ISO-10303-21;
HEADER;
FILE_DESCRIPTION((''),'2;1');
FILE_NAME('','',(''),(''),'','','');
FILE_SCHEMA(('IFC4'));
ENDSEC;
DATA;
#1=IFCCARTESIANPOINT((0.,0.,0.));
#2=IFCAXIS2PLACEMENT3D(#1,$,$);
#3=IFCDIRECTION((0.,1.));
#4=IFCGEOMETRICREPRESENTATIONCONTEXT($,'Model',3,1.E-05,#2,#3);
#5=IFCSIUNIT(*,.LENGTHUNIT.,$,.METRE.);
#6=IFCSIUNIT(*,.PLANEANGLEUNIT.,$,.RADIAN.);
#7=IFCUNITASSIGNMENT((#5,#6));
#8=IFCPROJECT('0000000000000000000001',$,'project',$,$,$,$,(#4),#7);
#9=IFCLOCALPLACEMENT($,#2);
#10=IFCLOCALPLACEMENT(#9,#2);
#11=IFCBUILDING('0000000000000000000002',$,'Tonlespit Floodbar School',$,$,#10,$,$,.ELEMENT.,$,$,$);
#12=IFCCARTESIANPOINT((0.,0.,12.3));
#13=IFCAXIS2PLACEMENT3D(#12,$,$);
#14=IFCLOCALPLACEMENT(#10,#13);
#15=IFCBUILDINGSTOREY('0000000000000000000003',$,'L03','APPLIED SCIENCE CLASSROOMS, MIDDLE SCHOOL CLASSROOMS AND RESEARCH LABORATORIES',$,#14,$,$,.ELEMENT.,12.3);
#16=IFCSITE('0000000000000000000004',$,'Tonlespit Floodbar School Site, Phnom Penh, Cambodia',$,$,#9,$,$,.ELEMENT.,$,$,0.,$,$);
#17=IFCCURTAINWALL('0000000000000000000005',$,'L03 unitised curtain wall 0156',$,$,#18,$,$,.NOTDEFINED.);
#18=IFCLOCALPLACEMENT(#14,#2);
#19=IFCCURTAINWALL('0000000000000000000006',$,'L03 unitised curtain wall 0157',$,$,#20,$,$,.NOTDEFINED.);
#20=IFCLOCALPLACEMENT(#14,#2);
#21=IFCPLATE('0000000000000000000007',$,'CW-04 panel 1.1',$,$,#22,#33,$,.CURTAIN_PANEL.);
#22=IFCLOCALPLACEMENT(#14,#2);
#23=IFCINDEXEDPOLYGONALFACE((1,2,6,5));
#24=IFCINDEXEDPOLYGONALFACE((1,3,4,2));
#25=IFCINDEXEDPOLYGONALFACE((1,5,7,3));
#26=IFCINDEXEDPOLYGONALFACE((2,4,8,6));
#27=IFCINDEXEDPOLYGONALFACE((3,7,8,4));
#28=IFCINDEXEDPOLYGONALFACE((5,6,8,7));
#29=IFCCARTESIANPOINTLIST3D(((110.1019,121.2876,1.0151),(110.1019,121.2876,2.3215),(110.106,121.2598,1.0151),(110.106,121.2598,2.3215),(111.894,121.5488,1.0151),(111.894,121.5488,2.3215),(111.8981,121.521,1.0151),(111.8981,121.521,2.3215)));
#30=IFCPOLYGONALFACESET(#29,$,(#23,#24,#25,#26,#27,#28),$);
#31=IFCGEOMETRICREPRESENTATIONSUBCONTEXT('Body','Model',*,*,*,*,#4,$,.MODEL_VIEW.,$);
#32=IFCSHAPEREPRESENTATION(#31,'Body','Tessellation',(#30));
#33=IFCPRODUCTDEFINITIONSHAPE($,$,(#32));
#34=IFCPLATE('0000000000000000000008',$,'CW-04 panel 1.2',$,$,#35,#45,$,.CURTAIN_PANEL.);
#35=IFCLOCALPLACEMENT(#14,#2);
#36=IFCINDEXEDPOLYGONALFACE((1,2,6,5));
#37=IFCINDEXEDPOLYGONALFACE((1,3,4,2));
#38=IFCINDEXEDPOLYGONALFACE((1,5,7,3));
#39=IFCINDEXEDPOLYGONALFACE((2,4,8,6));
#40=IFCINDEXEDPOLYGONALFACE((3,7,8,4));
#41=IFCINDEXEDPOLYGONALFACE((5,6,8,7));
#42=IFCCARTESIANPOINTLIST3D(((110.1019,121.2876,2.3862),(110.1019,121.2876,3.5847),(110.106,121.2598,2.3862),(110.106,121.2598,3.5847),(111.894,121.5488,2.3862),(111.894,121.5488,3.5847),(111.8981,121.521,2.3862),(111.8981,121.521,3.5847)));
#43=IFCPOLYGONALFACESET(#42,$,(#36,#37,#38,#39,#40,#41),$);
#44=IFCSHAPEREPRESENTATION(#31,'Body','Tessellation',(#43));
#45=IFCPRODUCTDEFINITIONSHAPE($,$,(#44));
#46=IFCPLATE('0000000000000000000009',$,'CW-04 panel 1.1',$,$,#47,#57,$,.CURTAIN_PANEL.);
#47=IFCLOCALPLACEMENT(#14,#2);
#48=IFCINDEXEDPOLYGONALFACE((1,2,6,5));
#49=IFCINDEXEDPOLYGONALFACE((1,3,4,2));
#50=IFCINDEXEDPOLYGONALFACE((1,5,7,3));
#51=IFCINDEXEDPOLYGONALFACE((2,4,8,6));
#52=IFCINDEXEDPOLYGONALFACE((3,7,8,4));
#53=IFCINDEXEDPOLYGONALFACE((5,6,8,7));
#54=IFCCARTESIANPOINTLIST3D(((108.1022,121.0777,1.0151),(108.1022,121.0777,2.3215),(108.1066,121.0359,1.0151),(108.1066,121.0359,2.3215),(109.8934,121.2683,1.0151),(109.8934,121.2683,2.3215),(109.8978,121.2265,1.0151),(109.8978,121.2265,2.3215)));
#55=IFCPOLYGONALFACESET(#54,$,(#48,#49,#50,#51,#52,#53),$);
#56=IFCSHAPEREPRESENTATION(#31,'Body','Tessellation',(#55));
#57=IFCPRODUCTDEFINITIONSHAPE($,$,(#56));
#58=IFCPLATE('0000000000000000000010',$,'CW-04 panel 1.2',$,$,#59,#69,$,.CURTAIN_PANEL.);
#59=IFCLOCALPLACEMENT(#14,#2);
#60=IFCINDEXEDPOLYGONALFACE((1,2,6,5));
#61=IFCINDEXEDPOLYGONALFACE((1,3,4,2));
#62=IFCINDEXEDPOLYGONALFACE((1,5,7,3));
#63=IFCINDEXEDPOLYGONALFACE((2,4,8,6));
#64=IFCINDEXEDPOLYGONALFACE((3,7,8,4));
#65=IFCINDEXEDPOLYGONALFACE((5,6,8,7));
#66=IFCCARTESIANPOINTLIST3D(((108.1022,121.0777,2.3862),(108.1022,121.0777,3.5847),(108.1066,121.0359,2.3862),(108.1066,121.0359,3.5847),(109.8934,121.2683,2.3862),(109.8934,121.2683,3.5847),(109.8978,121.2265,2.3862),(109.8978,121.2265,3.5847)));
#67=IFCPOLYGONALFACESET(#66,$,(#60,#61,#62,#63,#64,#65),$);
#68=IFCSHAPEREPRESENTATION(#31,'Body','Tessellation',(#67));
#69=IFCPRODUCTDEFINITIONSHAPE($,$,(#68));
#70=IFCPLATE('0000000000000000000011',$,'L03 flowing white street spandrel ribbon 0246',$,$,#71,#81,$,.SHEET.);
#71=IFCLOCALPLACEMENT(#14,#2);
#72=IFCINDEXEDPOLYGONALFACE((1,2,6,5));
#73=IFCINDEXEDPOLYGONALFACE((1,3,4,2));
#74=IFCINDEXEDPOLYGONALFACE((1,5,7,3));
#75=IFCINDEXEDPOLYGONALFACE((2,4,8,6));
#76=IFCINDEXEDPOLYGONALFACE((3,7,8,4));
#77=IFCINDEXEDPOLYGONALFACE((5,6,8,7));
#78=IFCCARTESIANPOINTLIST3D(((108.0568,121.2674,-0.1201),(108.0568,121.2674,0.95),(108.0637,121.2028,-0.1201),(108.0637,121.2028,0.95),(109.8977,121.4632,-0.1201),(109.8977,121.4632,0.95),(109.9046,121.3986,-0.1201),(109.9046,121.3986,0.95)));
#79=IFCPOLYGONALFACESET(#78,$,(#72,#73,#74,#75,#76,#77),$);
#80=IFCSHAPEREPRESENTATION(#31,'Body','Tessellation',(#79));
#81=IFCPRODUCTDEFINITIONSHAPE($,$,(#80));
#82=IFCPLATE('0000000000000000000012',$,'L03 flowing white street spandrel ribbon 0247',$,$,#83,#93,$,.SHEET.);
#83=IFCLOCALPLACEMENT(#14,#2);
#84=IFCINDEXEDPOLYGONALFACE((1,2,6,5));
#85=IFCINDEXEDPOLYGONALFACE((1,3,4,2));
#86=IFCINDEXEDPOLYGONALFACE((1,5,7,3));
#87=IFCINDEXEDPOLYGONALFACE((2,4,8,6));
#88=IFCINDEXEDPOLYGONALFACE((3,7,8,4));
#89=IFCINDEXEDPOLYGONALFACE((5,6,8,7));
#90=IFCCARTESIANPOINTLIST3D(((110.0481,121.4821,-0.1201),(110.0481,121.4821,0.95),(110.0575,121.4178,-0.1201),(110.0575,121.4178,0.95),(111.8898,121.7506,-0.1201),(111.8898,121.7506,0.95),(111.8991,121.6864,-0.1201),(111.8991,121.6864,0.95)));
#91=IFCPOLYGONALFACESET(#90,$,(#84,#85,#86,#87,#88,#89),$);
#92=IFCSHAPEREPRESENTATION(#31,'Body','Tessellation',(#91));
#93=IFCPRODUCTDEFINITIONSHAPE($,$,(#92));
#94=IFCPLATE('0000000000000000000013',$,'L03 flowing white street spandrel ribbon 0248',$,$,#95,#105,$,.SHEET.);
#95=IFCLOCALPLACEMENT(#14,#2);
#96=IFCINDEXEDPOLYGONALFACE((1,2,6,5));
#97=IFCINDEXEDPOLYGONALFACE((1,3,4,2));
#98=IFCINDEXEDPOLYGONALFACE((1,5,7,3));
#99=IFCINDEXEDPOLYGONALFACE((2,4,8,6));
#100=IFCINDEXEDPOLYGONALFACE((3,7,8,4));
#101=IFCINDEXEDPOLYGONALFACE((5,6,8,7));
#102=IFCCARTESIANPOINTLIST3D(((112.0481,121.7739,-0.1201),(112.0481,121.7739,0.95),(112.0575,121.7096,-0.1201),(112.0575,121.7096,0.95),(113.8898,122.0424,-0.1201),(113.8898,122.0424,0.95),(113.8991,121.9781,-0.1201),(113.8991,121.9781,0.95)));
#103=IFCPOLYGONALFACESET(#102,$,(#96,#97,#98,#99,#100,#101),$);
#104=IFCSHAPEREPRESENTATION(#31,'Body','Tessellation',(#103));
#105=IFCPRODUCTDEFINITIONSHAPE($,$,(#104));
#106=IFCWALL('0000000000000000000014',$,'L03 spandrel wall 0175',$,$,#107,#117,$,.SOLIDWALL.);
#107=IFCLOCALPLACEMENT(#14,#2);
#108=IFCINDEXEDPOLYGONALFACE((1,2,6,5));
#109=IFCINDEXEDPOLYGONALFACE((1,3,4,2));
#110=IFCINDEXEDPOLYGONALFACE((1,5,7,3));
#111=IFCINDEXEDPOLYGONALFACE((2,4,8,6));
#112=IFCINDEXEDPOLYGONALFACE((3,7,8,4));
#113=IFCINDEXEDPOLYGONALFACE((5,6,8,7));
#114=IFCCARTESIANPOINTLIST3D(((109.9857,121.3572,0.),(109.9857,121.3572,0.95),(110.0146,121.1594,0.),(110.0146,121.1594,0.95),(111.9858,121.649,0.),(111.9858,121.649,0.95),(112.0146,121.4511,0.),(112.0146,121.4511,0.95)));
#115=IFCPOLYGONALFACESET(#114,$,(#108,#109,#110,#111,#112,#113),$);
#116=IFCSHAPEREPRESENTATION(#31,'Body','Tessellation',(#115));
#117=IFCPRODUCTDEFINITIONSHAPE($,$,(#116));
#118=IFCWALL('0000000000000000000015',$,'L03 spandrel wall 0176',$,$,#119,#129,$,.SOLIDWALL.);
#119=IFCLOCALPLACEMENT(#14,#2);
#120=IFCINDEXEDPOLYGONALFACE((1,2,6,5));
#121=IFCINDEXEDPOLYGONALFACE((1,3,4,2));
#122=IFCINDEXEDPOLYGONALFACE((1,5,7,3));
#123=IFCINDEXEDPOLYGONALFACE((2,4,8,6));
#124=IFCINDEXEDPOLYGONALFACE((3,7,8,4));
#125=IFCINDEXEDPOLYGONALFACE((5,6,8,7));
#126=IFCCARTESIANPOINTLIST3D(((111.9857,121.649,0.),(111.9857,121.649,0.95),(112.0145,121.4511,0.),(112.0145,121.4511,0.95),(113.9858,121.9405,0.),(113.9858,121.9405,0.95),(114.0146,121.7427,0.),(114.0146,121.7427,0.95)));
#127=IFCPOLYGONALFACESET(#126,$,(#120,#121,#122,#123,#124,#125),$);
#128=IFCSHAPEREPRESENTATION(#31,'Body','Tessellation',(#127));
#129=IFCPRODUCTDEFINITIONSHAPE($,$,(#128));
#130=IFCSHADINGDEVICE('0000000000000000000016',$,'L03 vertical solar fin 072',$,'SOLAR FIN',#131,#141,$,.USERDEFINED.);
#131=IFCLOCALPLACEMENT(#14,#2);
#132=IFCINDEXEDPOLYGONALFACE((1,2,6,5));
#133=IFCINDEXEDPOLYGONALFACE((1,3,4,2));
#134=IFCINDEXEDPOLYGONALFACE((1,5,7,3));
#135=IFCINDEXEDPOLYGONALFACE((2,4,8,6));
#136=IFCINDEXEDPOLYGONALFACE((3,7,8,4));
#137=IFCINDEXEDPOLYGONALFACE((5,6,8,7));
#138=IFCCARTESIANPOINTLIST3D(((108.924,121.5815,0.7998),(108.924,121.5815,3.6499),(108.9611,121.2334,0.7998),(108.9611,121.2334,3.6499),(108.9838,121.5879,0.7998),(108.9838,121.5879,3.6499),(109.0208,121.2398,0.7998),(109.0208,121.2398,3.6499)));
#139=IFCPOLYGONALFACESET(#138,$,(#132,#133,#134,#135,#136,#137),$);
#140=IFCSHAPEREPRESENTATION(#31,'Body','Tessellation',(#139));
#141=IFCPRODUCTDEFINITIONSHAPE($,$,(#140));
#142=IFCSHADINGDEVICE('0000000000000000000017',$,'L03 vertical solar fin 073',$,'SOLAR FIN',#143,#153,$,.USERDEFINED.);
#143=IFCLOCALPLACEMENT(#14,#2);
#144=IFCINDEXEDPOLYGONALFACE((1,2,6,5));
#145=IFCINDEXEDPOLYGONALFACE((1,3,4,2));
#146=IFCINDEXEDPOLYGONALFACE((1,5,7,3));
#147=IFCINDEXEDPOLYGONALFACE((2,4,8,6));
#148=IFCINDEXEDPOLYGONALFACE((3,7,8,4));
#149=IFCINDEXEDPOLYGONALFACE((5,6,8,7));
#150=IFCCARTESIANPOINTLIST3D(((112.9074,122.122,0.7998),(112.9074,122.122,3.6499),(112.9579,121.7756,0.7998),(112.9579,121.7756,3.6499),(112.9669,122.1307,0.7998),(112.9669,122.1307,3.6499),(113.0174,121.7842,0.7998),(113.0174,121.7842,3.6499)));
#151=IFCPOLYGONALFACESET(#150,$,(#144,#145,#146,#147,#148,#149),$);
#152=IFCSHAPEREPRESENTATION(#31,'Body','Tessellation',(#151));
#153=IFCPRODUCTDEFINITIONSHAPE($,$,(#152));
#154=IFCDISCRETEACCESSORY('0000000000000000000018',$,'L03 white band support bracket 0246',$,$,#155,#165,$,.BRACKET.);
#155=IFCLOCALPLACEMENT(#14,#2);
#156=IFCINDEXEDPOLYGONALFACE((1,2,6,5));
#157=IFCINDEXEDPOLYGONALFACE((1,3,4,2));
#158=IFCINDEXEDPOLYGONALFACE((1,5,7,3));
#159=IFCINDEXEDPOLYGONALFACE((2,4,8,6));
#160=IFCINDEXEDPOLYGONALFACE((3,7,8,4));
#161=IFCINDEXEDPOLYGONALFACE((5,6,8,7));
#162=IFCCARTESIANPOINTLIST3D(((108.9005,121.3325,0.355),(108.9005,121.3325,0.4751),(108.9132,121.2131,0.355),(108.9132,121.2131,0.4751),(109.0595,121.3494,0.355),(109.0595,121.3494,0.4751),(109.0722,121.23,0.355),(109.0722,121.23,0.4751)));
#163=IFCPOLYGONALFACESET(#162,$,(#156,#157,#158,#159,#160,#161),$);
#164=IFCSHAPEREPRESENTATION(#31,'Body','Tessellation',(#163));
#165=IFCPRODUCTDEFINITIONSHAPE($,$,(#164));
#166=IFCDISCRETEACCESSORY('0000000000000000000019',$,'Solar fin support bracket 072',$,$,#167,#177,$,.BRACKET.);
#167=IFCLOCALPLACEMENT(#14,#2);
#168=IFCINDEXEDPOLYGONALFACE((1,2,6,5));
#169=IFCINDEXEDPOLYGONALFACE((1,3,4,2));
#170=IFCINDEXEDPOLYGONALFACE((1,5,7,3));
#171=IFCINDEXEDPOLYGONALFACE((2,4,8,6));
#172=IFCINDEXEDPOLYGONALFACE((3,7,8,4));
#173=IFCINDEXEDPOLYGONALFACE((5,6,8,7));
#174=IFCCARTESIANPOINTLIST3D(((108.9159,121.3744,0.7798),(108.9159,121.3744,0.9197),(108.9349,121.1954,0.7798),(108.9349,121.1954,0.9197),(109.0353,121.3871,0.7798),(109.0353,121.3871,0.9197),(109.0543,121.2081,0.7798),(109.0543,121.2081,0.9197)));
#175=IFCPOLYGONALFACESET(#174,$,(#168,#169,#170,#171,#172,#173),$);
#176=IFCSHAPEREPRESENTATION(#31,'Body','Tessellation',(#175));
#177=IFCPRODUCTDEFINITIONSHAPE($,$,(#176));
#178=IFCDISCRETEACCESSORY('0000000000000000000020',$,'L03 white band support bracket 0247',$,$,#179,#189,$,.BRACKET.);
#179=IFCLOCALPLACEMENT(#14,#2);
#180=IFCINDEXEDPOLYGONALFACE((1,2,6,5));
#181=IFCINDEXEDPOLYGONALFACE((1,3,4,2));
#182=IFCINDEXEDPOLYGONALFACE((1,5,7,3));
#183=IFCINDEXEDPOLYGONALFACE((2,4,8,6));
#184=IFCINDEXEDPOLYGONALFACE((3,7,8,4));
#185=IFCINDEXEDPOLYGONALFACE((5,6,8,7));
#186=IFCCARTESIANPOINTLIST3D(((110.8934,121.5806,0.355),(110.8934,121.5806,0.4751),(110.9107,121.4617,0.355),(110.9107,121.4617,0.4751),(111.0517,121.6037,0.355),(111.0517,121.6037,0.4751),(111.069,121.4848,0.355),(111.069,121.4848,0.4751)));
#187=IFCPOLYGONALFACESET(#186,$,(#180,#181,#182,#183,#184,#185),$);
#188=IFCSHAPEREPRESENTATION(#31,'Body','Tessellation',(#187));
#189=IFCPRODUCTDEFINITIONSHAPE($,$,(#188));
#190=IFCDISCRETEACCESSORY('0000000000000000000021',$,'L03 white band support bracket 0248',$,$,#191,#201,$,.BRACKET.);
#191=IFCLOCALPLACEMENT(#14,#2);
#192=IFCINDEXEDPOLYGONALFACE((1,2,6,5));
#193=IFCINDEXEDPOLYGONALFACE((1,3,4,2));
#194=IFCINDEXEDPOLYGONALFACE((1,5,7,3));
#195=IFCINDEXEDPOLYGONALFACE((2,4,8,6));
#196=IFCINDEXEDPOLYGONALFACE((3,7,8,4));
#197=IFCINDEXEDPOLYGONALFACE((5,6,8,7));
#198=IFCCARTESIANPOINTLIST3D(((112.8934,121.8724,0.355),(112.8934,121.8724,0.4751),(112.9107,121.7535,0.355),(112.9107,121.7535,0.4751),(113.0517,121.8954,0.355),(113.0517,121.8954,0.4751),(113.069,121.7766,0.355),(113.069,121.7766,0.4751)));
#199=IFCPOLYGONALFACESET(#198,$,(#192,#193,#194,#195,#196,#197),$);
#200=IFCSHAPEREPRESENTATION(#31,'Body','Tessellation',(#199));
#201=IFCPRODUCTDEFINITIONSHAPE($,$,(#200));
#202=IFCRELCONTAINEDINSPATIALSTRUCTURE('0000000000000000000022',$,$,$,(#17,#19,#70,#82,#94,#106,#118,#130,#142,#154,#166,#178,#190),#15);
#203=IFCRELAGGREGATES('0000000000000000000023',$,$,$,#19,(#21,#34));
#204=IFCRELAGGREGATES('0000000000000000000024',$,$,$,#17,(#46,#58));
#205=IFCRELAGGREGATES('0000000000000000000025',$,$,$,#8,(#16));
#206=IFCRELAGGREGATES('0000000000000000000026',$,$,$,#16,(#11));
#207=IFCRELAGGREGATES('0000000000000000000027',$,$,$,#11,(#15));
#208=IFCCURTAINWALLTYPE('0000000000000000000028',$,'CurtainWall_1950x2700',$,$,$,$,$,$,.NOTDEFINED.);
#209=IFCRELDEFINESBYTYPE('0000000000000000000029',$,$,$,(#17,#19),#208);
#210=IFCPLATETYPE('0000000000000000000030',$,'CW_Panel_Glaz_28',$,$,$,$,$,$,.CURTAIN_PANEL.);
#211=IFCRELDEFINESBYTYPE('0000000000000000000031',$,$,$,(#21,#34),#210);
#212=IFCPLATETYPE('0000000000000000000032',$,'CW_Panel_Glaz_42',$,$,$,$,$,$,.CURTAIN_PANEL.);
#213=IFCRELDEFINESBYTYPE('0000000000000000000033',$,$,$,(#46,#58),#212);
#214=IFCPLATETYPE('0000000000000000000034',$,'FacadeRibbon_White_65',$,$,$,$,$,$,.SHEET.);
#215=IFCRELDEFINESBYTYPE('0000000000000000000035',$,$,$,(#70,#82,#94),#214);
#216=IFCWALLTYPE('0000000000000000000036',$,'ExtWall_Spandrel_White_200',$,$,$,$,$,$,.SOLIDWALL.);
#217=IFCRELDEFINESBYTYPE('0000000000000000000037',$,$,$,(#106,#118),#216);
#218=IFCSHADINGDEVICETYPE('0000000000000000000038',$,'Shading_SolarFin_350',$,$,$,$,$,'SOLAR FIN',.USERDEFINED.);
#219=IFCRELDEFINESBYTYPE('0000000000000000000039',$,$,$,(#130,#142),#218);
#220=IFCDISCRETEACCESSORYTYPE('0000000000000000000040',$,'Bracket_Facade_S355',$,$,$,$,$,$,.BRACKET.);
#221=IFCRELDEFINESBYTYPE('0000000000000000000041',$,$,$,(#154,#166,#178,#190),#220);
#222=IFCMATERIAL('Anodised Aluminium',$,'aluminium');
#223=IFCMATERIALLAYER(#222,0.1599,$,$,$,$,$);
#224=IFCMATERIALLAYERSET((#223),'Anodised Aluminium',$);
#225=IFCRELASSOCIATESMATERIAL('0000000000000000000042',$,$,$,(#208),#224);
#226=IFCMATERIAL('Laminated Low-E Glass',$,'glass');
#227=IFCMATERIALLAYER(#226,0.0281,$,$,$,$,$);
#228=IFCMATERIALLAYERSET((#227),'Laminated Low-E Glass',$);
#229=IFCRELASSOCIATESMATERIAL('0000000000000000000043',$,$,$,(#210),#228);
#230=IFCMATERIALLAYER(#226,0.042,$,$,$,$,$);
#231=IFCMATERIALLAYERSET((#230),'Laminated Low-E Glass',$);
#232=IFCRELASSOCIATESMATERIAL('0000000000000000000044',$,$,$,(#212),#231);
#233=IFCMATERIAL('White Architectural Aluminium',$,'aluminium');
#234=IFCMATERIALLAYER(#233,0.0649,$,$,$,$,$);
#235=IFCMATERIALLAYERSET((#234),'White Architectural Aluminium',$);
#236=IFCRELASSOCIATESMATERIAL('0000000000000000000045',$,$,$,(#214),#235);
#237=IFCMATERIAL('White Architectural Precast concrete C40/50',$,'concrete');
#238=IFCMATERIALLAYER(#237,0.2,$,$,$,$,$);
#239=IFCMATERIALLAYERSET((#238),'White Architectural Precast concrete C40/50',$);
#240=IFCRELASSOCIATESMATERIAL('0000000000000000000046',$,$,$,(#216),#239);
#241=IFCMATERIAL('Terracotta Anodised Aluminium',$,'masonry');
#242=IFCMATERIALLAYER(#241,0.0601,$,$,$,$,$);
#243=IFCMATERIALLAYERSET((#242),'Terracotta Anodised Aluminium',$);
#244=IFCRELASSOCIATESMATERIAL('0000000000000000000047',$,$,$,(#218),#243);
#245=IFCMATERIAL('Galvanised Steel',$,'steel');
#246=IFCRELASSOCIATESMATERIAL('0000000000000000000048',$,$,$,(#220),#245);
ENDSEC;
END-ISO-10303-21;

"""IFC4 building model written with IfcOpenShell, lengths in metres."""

from ifc_helpers import new_model, si_unit, direction, frame, frame_2d, origin, origin_2d, place, context, subcontext, project, spatial, rectangle, extrude, material, layer, layer_set, type_object, element, aggregate, save


model = new_model("IFC4")

# Units and contexts
model_context = context("Model", 3, precision=1e-05, world=origin(), true_north=direction((0.0, 1.0)))
body_context = subcontext(model_context, "Body", "Model", "MODEL_VIEW")
ifc_project = project(units=[si_unit("LENGTHUNIT", "METRE"), si_unit("PLANEANGLEUNIT", "RADIAN")], contexts=[model_context])

# Site, building, storey
site_placement = place(None, origin())
site = spatial("IfcSite", under=ifc_project, at=site_placement, Name="Tonlespit Floodbar School Site, Phnom Penh, Cambodia", CompositionType="ELEMENT", RefElevation=0.0)
building_placement = place(site_placement, origin())
building = spatial("IfcBuilding", under=site, at=building_placement, Name="Tonlespit Floodbar School", CompositionType="ELEMENT")
storey_placement = place(building_placement, frame((0.0, 0.0, 12.3)))
storey = spatial("IfcBuildingStorey", under=building, at=storey_placement, Name="L03", Description="APPLIED SCIENCE CLASSROOMS, MIDDLE SCHOOL CLASSROOMS AND RESEARCH LABORATORIES", CompositionType="ELEMENT", Elevation=12.3)

# Curtain wall
ifc_material_1 = material(Name="Anodised Aluminium", Category="aluminium")
ifc_layer_1 = layer(ifc_material_1, 0.1599)
ifc_layer_set_1 = layer_set([ifc_layer_1], Name="Anodised Aluminium")
curtain_wall_type = type_object("IfcCurtainWallType", Name="CurtainWall_1950x2700", PredefinedType="NOTDEFINED", material=ifc_layer_set_1)
curtain_wall_1_placement = place(storey_placement, origin())
curtain_wall_1 = element("IfcCurtainWall", 1, at=curtain_wall_1_placement, inside=storey, type_object=curtain_wall_type, Name="L03 unitised curtain wall 0156", PredefinedType="NOTDEFINED")

# Curtain wall
curtain_wall_2_placement = place(storey_placement, origin())
curtain_wall_2 = element("IfcCurtainWall", 2, at=curtain_wall_2_placement, inside=storey, type_object=curtain_wall_type, Name="L03 unitised curtain wall 0157", PredefinedType="NOTDEFINED")

# Plates
ifc_material_2 = material(Name="Laminated Low-E Glass", Category="glass")
ifc_layer_2 = layer(ifc_material_2, 0.0281)
ifc_layer_set_2 = layer_set([ifc_layer_2], Name="Laminated Low-E Glass")
plate_type_1 = type_object("IfcPlateType", Name="CW_Panel_Glaz_28", PredefinedType="CURTAIN_PANEL", material=ifc_layer_set_2)
plate_1_placement = place(storey_placement, frame((111.0, 121.4043, 1.0151), z_axis=(0.0, 0.0, 1.0), x_axis=(0.989542, 0.144248, 0.0)))
plate_1 = element("IfcPlate", 3, at=plate_1_placement, type_object=plate_type_1, Name="CW-04 panel 1.1", PredefinedType="CURTAIN_PANEL", context=body_context, shape_type="SweptSolid", body=[
    extrude(rectangle(XDim=1.811, YDim=0.0281, at=origin_2d()), origin(), (0.0, 0.0, 1.0), 1.3064),
])
plate_2_placement = place(storey_placement, frame((111.0, 121.4043, 2.3862), z_axis=(0.0, 0.0, 1.0), x_axis=(0.989542, 0.144248, 0.0)))
plate_2 = element("IfcPlate", 4, at=plate_2_placement, type_object=plate_type_1, Name="CW-04 panel 1.2", PredefinedType="CURTAIN_PANEL", context=body_context, shape_type="SweptSolid", body=[
    extrude(rectangle(XDim=1.811, YDim=0.0281, at=origin_2d()), origin(), (0.0, 0.0, 1.0), 1.1985),
])
aggregate(curtain_wall_2, [plate_1, plate_2])
ifc_layer_3 = layer(ifc_material_2, 0.042)
ifc_layer_set_3 = layer_set([ifc_layer_3], Name="Laminated Low-E Glass")
plate_type_2 = type_object("IfcPlateType", Name="CW_Panel_Glaz_42", PredefinedType="CURTAIN_PANEL", material=ifc_layer_set_3)
plate_3_placement = place(storey_placement, frame((109.0, 121.1521, 1.0151), z_axis=(0.0, 0.0, 1.0), x_axis=(0.994389, 0.105787, 0.0)))
plate_3 = element("IfcPlate", 5, at=plate_3_placement, type_object=plate_type_2, Name="CW-04 panel 1.1", PredefinedType="CURTAIN_PANEL", context=body_context, shape_type="SweptSolid", body=[
    extrude(rectangle(XDim=1.8013, YDim=0.042, at=origin_2d()), origin(), (0.0, 0.0, 1.0), 1.3064),
])
plate_4_placement = place(storey_placement, frame((109.0, 121.1521, 2.3862), z_axis=(0.0, 0.0, 1.0), x_axis=(0.994389, 0.105787, 0.0)))
plate_4 = element("IfcPlate", 6, at=plate_4_placement, type_object=plate_type_2, Name="CW-04 panel 1.2", PredefinedType="CURTAIN_PANEL", context=body_context, shape_type="SweptSolid", body=[
    extrude(rectangle(XDim=1.8013, YDim=0.042, at=origin_2d()), origin(), (0.0, 0.0, 1.0), 1.1985),
])
aggregate(curtain_wall_1, [plate_3, plate_4])

# Plates
ifc_material_3 = material(Name="White Architectural Aluminium", Category="aluminium")
ifc_layer_4 = layer(ifc_material_3, 0.0649)
ifc_layer_set_4 = layer_set([ifc_layer_4], Name="White Architectural Aluminium")
plate_type_3 = type_object("IfcPlateType", Name="FacadeRibbon_White_65", PredefinedType="SHEET", material=ifc_layer_set_4)
plate_5_placement = place(storey_placement, frame((108.9807, 121.333, -0.1201), z_axis=(0.0, 0.0, 1.0), x_axis=(0.994392, 0.105754, 0.0)))
element("IfcPlate", 7, at=plate_5_placement, inside=storey, type_object=plate_type_3, Name="L03 flowing white street spandrel ribbon 0246", PredefinedType="SHEET", context=body_context, shape_type="SweptSolid", body=[
    extrude(rectangle(XDim=1.8513, YDim=0.0649, at=origin_2d()), origin(), (0.0, 0.0, 1.0), 1.0701),
])
for number, where, z_axis, x_axis, name in (
    (8, (110.9736, 121.5842, -0.1201), (0.0, 0.0, 1.0), (0.989538, 0.144275, 0.0), "L03 flowing white street spandrel ribbon 0247"),
    (9, (112.9736, 121.876, -0.1201), (0.0, 0.0, 1.0), (0.989538, 0.144275, 0.0), "L03 flowing white street spandrel ribbon 0248"),
):
    element("IfcPlate", number, at=place(storey_placement, frame(where, z_axis=z_axis, x_axis=x_axis)), inside=storey, type_object=plate_type_3, Name=name, PredefinedType="SHEET", context=body_context, shape_type="SweptSolid", body=[
        extrude(rectangle(XDim=1.8611, YDim=0.0649, at=origin_2d()), origin(), (0.0, 0.0, 1.0), 1.0701),
    ])

# Walls
ifc_material_4 = material(Name="White Architectural Precast concrete C40/50", Category="concrete")
ifc_layer_5 = layer(ifc_material_4, 0.2)
ifc_layer_set_5 = layer_set([ifc_layer_5], Name="White Architectural Precast concrete C40/50")
wall_type = type_object("IfcWallType", Name="ExtWall_Spandrel_White_200", PredefinedType="SOLIDWALL", material=ifc_layer_set_5)
for number, where, z_axis, x_axis, name in (
    (10, (110.0, 121.2583, 0.0), (0.0, 0.0, 1.0), (0.989527, 0.144346, 0.0), "L03 spandrel wall 0175"),
    (11, (112.0, 121.55, 0.0), (0.0, 0.0, 1.0), (0.989544, 0.144228, 0.0), "L03 spandrel wall 0176"),
):
    element("IfcWall", number, at=place(storey_placement, frame(where, z_axis=z_axis, x_axis=x_axis)), inside=storey, type_object=wall_type, Name=name, PredefinedType="SOLIDWALL", context=body_context, shape_type="SweptSolid", body=[
        extrude(rectangle(XDim=2.0212, YDim=0.2, at=frame_2d((1.0107, 0.0))), origin(), (0.0, 0.0, 1.0), 0.95),
    ])

# Shading devices
ifc_material_5 = material(Name="Terracotta Anodised Aluminium", Category="masonry")
ifc_layer_6 = layer(ifc_material_5, 0.0601)
ifc_layer_set_6 = layer_set([ifc_layer_6], Name="Terracotta Anodised Aluminium")
shading_device_type = type_object("IfcShadingDeviceType", Name="Shading_SolarFin_350", ElementType="SOLAR FIN", PredefinedType="USERDEFINED", material=ifc_layer_set_6)
for number, where, z_axis, x_axis, name in (
    (12, (108.9724, 121.4106, 0.7998), (0.0, 0.0, 1.0), (0.994392, 0.105754, 0.0), "L03 vertical solar fin 072"),
    (13, (112.9624, 121.9531, 0.7998), (0.0, 0.0, 1.0), (0.989538, 0.144275, 0.0), "L03 vertical solar fin 073"),
):
    element("IfcShadingDevice", number, at=place(storey_placement, frame(where, z_axis=z_axis, x_axis=x_axis)), inside=storey, type_object=shading_device_type, Name=name, ObjectType="SOLAR FIN", PredefinedType="USERDEFINED", context=body_context, shape_type="SweptSolid", body=[
        extrude(rectangle(XDim=0.0601, YDim=0.3501, at=origin_2d()), origin(), (0.0, 0.0, 1.0), 2.8501),
    ])

# Discrete accessories
ifc_material_6 = material(Name="Galvanised Steel", Category="steel")
discrete_accessory_type = type_object("IfcDiscreteAccessoryType", Name="Bracket_Facade_S355", PredefinedType="BRACKET", material=ifc_material_6)
discrete_accessory_1_placement = place(storey_placement, frame((108.9863, 121.2812, 0.355), z_axis=(0.0, 0.0, 1.0), x_axis=(0.994392, 0.105754, 0.0)))
element("IfcDiscreteAccessory", 14, at=discrete_accessory_1_placement, inside=storey, type_object=discrete_accessory_type, Name="L03 white band support bracket 0246", PredefinedType="BRACKET", context=body_context, shape_type="SweptSolid", body=[
    extrude(rectangle(XDim=0.1599, YDim=0.1201, at=origin_2d()), origin(), (0.0, 0.0, 1.0), 0.1201),
])
discrete_accessory_2_placement = place(storey_placement, frame((108.9851, 121.2913, 0.7798), z_axis=(0.0, 0.0, 1.0), x_axis=(0.994392, 0.105754, 0.0)))
element("IfcDiscreteAccessory", 15, at=discrete_accessory_2_placement, inside=storey, type_object=discrete_accessory_type, Name="Solar fin support bracket 072", PredefinedType="BRACKET", context=body_context, shape_type="SweptSolid", body=[
    extrude(rectangle(XDim=0.1201, YDim=0.1799, at=origin_2d()), origin(), (0.0, 0.0, 1.0), 0.1399),
])
for number, where, z_axis, x_axis, name in (
    (16, (110.9812, 121.5327, 0.355), (0.0, 0.0, 1.0), (0.989538, 0.144275, 0.0), "L03 white band support bracket 0247"),
    (17, (112.9812, 121.8245, 0.355), (0.0, 0.0, 1.0), (0.989538, 0.144275, 0.0), "L03 white band support bracket 0248"),
):
    element("IfcDiscreteAccessory", number, at=place(storey_placement, frame(where, z_axis=z_axis, x_axis=x_axis)), inside=storey, type_object=discrete_accessory_type, Name=name, PredefinedType="BRACKET", context=body_context, shape_type="SweptSolid", body=[
        extrude(rectangle(XDim=0.1599, YDim=0.1201, at=origin_2d()), origin(), (0.0, 0.0, 1.0), 0.1201),
    ])

save(model, "model.ifc")
